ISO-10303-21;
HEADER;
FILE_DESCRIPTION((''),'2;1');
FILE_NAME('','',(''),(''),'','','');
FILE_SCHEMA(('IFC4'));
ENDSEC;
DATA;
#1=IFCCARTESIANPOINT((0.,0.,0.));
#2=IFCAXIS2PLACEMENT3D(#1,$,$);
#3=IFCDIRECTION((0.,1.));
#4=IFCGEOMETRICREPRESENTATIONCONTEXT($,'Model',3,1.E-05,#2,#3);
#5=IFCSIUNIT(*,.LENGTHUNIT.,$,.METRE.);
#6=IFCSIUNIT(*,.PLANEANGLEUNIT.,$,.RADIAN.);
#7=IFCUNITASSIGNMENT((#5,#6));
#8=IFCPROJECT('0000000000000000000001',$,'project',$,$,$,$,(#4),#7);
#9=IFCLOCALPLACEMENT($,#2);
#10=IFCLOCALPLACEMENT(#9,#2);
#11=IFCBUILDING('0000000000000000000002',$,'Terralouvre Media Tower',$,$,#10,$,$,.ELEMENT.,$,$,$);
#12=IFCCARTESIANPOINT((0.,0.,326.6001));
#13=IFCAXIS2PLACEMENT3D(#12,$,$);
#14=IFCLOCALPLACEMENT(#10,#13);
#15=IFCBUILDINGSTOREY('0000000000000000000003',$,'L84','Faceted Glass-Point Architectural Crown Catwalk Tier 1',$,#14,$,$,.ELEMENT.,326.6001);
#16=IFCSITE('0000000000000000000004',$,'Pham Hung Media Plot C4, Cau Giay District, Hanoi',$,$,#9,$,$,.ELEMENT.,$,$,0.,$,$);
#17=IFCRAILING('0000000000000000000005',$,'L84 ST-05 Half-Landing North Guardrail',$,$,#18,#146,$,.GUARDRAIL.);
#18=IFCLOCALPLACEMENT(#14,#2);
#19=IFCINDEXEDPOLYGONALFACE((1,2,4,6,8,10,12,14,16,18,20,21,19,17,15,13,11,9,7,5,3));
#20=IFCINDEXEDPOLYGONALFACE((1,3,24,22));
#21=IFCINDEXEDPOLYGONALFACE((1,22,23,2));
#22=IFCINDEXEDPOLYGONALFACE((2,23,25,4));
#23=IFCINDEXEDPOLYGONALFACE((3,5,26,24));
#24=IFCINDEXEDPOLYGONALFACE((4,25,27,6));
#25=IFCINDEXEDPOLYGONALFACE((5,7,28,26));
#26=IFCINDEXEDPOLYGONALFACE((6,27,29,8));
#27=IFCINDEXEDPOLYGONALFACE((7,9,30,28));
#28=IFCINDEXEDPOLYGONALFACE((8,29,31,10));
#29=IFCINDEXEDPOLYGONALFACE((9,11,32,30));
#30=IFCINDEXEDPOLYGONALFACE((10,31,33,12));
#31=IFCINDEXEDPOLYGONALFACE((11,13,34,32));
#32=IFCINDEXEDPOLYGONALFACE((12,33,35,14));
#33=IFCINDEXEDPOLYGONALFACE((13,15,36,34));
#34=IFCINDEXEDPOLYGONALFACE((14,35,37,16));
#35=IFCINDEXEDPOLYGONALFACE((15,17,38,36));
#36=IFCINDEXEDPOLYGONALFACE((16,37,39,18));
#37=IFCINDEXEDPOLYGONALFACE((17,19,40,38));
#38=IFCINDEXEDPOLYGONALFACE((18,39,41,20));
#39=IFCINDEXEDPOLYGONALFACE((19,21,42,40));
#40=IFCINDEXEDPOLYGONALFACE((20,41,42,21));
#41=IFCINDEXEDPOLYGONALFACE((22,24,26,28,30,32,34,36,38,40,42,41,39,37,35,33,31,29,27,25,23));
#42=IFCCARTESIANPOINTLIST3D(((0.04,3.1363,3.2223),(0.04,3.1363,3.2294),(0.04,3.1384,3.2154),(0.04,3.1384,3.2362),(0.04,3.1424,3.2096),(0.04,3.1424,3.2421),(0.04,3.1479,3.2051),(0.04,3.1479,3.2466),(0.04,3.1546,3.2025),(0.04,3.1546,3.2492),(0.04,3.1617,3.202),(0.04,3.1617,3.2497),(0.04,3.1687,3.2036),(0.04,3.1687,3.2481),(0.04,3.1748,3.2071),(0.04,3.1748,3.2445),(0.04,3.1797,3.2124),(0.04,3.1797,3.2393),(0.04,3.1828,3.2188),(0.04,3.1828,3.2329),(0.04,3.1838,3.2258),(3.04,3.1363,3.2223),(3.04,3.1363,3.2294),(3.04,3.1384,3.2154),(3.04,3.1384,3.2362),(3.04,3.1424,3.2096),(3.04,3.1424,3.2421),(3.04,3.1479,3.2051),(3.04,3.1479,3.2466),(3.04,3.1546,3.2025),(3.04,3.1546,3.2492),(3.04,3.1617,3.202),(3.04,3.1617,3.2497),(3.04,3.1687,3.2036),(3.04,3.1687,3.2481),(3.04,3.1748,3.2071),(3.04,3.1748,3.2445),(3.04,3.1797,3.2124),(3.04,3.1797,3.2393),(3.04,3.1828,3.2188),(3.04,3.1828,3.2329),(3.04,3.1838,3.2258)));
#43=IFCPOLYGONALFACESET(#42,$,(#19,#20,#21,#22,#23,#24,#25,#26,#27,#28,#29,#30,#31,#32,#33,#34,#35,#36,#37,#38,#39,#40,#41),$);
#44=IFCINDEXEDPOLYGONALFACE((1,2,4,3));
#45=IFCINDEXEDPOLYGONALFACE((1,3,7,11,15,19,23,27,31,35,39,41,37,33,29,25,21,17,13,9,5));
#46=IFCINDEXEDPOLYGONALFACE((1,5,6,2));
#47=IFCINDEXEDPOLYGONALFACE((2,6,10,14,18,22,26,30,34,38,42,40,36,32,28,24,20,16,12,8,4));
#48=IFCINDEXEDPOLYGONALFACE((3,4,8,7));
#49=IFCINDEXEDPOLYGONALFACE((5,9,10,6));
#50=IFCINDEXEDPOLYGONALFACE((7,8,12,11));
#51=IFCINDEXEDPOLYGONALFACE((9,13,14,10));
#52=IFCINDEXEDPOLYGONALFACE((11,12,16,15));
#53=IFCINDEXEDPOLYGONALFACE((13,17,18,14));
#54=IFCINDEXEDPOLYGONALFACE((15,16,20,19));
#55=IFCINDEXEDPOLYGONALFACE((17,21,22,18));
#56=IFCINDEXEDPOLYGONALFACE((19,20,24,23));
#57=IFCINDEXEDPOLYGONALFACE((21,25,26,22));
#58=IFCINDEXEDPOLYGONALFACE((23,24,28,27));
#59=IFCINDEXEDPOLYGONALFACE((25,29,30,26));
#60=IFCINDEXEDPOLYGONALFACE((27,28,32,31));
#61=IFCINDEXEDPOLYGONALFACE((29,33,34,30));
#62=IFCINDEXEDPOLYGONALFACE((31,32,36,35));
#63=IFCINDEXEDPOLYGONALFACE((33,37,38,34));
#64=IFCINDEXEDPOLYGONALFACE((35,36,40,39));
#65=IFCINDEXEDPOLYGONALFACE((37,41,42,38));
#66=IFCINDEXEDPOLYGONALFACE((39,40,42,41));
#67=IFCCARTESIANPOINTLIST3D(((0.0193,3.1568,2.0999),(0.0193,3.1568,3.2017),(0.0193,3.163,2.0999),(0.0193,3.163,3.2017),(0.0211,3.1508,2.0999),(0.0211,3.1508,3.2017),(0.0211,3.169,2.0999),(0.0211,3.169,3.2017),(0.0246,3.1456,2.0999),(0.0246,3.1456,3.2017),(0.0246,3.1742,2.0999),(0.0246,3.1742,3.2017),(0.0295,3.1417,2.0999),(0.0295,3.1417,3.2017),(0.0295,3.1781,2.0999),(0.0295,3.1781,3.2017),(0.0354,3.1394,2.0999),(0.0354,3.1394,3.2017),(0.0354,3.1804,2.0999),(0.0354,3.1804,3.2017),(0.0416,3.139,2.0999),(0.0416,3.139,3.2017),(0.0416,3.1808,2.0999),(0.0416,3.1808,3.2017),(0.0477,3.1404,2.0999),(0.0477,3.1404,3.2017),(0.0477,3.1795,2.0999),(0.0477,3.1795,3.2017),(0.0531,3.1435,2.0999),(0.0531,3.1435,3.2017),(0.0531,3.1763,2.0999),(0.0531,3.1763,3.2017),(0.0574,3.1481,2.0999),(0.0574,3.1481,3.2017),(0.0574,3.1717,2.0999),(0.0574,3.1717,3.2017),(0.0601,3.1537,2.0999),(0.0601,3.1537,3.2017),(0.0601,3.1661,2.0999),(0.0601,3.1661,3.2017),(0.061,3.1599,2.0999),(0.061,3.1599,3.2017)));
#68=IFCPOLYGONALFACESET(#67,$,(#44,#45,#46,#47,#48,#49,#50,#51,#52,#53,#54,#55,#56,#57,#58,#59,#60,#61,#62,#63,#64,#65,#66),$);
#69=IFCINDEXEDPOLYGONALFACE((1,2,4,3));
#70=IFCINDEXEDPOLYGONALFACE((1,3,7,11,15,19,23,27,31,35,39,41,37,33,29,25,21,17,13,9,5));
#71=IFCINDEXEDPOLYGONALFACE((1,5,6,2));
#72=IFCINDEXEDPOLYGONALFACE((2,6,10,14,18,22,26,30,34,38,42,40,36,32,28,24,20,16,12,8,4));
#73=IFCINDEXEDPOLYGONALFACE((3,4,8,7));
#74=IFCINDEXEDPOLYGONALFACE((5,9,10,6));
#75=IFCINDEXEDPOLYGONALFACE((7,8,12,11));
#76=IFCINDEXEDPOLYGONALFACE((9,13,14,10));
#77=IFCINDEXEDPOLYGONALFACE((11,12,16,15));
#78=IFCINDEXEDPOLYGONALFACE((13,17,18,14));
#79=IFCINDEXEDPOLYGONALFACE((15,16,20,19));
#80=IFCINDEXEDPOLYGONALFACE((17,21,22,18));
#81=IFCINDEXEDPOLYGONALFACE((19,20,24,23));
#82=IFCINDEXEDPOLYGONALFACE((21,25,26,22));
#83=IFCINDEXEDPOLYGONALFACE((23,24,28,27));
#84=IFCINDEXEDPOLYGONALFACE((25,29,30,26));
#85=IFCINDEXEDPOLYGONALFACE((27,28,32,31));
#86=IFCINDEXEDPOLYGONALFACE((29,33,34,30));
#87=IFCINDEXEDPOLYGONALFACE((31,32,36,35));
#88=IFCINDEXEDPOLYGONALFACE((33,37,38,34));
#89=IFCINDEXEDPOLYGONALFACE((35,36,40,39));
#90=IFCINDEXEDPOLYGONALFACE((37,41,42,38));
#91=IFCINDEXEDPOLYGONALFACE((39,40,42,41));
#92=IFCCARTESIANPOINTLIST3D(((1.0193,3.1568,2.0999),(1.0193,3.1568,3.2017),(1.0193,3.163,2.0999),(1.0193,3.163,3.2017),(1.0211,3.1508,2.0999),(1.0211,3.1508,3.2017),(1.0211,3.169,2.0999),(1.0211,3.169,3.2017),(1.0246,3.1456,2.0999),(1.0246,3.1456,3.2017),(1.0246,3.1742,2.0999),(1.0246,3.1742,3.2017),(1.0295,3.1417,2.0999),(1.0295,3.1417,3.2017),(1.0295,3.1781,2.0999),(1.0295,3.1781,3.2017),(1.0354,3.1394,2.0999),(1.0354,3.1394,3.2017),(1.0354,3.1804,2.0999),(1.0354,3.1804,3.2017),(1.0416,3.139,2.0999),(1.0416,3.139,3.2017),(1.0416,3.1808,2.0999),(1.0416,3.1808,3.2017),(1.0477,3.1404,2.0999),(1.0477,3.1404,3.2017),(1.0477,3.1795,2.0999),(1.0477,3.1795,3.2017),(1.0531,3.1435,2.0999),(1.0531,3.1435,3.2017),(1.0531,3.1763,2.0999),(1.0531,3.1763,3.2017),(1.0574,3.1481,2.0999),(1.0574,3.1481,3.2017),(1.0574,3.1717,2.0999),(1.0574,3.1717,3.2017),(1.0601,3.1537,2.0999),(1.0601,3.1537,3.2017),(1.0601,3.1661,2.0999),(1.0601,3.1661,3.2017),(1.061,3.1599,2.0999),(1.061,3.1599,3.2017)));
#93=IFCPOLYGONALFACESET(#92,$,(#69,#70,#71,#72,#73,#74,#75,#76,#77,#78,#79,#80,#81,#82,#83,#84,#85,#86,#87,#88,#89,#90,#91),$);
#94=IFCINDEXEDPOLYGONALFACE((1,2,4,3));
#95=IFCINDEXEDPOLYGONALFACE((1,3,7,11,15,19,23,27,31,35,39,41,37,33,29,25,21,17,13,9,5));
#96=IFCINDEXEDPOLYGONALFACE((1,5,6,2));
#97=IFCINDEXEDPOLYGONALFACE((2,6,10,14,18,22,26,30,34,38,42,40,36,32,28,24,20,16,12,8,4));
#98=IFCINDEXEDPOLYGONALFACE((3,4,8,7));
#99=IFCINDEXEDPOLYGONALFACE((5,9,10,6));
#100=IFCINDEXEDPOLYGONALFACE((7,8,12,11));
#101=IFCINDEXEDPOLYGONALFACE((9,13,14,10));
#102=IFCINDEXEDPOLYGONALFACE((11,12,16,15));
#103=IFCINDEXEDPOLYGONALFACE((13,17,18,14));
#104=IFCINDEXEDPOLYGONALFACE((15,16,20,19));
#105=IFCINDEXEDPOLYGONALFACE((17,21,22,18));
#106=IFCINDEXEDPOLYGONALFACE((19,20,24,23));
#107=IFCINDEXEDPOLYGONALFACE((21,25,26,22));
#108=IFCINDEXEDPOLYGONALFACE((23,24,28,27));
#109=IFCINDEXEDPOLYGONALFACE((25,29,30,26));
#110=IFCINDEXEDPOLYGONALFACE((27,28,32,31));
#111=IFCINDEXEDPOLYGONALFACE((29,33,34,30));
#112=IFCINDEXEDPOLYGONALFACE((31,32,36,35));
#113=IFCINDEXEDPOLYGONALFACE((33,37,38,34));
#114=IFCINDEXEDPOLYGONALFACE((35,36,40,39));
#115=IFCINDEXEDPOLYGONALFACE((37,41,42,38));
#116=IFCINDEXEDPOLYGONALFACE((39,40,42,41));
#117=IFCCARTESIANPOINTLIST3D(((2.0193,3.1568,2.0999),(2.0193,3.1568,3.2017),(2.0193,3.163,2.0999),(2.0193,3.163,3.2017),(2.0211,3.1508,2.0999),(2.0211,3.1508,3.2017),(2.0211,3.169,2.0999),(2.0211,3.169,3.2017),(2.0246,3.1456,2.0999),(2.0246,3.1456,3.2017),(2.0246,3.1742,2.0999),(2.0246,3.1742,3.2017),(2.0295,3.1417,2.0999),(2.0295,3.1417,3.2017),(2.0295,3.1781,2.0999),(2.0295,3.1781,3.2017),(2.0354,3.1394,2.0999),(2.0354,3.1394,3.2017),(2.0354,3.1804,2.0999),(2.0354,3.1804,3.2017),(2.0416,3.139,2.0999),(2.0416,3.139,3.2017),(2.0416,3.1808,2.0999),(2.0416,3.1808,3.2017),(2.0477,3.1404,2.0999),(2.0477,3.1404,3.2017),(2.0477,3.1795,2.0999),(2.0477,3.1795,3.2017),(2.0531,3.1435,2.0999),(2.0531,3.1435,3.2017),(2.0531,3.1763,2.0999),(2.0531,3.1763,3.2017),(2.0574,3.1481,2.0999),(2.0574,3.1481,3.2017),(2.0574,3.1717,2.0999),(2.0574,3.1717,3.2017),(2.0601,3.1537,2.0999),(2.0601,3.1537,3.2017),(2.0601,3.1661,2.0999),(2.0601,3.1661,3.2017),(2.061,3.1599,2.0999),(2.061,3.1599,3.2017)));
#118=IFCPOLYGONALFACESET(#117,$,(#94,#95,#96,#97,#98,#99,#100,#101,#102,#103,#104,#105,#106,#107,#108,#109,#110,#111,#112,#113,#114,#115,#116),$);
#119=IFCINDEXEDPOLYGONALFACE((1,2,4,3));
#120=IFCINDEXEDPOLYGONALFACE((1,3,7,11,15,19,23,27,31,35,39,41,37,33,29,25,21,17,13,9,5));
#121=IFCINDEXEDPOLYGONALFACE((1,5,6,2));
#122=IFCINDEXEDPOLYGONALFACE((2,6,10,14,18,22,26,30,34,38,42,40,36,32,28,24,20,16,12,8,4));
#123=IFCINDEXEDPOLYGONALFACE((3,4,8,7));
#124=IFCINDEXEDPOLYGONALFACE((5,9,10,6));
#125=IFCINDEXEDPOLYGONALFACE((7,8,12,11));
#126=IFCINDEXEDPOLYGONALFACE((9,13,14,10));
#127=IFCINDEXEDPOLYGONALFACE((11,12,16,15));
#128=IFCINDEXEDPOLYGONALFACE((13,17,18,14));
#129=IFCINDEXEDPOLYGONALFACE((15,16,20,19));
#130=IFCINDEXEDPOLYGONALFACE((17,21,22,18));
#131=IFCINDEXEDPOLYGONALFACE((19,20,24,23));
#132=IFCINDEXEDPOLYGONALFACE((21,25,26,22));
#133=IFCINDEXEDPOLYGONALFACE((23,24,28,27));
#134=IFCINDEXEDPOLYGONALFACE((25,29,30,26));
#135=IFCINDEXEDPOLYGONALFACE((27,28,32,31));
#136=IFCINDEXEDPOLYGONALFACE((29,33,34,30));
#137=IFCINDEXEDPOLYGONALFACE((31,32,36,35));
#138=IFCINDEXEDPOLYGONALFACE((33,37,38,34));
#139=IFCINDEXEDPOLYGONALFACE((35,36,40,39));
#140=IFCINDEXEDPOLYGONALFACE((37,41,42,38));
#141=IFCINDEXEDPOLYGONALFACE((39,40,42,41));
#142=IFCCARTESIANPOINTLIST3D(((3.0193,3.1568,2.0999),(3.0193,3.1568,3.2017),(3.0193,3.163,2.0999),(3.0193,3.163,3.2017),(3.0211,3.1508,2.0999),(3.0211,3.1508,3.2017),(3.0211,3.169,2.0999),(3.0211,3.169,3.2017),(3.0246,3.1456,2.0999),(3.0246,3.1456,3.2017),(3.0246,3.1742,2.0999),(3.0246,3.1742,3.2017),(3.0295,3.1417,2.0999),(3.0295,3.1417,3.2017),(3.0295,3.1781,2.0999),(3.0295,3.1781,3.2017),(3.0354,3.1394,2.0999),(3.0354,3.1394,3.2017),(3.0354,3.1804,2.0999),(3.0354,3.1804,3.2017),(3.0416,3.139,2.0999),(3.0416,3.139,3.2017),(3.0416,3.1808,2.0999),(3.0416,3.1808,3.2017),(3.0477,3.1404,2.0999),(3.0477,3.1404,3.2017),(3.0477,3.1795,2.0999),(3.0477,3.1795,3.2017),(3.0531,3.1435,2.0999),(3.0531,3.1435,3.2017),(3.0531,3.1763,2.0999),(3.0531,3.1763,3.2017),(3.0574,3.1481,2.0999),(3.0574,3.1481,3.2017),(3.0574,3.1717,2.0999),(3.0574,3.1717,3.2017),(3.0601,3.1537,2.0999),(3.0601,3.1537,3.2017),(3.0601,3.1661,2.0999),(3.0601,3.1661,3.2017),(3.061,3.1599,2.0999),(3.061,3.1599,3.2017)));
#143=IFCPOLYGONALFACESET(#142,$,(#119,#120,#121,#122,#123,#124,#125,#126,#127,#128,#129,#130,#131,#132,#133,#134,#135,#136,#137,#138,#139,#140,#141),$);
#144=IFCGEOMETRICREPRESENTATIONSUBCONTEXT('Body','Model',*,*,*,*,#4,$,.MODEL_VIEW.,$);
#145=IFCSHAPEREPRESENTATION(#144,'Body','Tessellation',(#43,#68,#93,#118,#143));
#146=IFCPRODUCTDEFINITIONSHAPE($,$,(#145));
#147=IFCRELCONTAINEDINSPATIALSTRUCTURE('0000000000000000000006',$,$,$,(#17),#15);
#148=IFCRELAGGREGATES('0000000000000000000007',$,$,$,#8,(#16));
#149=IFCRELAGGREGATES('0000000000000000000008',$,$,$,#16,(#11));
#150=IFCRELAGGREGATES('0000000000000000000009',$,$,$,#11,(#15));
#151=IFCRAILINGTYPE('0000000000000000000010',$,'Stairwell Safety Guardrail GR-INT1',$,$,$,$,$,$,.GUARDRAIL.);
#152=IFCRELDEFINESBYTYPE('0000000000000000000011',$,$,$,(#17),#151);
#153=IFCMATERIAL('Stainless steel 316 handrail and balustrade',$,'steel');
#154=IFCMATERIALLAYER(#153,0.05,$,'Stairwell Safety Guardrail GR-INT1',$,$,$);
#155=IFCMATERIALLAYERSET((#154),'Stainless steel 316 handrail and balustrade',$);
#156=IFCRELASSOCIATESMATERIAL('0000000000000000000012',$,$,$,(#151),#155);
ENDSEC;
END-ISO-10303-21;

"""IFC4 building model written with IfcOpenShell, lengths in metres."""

from ifc_helpers import new_model, si_unit, direction, frame, origin, origin_2d, place, context, subcontext, project, spatial, circle, extrude, material, layer, layer_set, type_object, element, save


model = new_model("IFC4")

# Units and contexts
model_context = context("Model", 3, precision=1e-05, world=origin(), true_north=direction((0.0, 1.0)))
body_context = subcontext(model_context, "Body", "Model", "MODEL_VIEW")
ifc_project = project(units=[si_unit("LENGTHUNIT", "METRE"), si_unit("PLANEANGLEUNIT", "RADIAN")], contexts=[model_context])

# Site, building, storey
site_placement = place(None, origin())
site = spatial("IfcSite", under=ifc_project, at=site_placement, Name="Pham Hung Media Plot C4, Cau Giay District, Hanoi", CompositionType="ELEMENT", RefElevation=0.0)
building_placement = place(site_placement, origin())
building = spatial("IfcBuilding", under=site, at=building_placement, Name="Terralouvre Media Tower", CompositionType="ELEMENT")
storey_placement = place(building_placement, frame((0.0, 0.0, 326.6001)))
storey = spatial("IfcBuildingStorey", under=building, at=storey_placement, Name="L84", Description="Faceted Glass-Point Architectural Crown Catwalk Tier 1", CompositionType="ELEMENT", Elevation=326.6001)

# Railing
ifc_material_1 = material(Name="Stainless steel 316 handrail and balustrade", Category="steel")
ifc_layer_1 = layer(ifc_material_1, 0.05, Name="Stairwell Safety Guardrail GR-INT1")
ifc_layer_set_1 = layer_set([ifc_layer_1], Name="Stainless steel 316 handrail and balustrade")
railing_type_1 = type_object("IfcRailingType", Name="Stairwell Safety Guardrail GR-INT1", PredefinedType="GUARDRAIL", material=ifc_layer_set_1)
railing_1_placement = place(storey_placement, frame((0.04, 3.1599, 2.0999)))
element("IfcRailing", 1, at=railing_1_placement, inside=storey, type_object=railing_type_1, Name="L84 ST-05 Half-Landing North Guardrail", PredefinedType="GUARDRAIL", context=body_context, shape_type="SweptSolid", body=[
    extrude(circle(Radius=0.0239, at=origin_2d()), frame((0.0, 0.0, 1.126), z_axis=(1.0, 0.0, 0.0), x_axis=(0.0, 1.0, 0.0)), (0.0, 0.0, 1.0), 3.0),
    extrude(circle(Radius=0.021, at=origin_2d()), origin(), (0.0, 0.0, 1.0), 1.1018),
    extrude(circle(Radius=0.021, at=origin_2d()), frame((1.0, 0.0, 0.0)), (0.0, 0.0, 1.0), 1.1018),
    extrude(circle(Radius=0.021, at=origin_2d()), frame((2.0, 0.0, 0.0)), (0.0, 0.0, 1.0), 1.1018),
    extrude(circle(Radius=0.021, at=origin_2d()), frame((3.0, 0.0, 0.0)), (0.0, 0.0, 1.0), 1.1018),
])

save(model, "model.ifc")
